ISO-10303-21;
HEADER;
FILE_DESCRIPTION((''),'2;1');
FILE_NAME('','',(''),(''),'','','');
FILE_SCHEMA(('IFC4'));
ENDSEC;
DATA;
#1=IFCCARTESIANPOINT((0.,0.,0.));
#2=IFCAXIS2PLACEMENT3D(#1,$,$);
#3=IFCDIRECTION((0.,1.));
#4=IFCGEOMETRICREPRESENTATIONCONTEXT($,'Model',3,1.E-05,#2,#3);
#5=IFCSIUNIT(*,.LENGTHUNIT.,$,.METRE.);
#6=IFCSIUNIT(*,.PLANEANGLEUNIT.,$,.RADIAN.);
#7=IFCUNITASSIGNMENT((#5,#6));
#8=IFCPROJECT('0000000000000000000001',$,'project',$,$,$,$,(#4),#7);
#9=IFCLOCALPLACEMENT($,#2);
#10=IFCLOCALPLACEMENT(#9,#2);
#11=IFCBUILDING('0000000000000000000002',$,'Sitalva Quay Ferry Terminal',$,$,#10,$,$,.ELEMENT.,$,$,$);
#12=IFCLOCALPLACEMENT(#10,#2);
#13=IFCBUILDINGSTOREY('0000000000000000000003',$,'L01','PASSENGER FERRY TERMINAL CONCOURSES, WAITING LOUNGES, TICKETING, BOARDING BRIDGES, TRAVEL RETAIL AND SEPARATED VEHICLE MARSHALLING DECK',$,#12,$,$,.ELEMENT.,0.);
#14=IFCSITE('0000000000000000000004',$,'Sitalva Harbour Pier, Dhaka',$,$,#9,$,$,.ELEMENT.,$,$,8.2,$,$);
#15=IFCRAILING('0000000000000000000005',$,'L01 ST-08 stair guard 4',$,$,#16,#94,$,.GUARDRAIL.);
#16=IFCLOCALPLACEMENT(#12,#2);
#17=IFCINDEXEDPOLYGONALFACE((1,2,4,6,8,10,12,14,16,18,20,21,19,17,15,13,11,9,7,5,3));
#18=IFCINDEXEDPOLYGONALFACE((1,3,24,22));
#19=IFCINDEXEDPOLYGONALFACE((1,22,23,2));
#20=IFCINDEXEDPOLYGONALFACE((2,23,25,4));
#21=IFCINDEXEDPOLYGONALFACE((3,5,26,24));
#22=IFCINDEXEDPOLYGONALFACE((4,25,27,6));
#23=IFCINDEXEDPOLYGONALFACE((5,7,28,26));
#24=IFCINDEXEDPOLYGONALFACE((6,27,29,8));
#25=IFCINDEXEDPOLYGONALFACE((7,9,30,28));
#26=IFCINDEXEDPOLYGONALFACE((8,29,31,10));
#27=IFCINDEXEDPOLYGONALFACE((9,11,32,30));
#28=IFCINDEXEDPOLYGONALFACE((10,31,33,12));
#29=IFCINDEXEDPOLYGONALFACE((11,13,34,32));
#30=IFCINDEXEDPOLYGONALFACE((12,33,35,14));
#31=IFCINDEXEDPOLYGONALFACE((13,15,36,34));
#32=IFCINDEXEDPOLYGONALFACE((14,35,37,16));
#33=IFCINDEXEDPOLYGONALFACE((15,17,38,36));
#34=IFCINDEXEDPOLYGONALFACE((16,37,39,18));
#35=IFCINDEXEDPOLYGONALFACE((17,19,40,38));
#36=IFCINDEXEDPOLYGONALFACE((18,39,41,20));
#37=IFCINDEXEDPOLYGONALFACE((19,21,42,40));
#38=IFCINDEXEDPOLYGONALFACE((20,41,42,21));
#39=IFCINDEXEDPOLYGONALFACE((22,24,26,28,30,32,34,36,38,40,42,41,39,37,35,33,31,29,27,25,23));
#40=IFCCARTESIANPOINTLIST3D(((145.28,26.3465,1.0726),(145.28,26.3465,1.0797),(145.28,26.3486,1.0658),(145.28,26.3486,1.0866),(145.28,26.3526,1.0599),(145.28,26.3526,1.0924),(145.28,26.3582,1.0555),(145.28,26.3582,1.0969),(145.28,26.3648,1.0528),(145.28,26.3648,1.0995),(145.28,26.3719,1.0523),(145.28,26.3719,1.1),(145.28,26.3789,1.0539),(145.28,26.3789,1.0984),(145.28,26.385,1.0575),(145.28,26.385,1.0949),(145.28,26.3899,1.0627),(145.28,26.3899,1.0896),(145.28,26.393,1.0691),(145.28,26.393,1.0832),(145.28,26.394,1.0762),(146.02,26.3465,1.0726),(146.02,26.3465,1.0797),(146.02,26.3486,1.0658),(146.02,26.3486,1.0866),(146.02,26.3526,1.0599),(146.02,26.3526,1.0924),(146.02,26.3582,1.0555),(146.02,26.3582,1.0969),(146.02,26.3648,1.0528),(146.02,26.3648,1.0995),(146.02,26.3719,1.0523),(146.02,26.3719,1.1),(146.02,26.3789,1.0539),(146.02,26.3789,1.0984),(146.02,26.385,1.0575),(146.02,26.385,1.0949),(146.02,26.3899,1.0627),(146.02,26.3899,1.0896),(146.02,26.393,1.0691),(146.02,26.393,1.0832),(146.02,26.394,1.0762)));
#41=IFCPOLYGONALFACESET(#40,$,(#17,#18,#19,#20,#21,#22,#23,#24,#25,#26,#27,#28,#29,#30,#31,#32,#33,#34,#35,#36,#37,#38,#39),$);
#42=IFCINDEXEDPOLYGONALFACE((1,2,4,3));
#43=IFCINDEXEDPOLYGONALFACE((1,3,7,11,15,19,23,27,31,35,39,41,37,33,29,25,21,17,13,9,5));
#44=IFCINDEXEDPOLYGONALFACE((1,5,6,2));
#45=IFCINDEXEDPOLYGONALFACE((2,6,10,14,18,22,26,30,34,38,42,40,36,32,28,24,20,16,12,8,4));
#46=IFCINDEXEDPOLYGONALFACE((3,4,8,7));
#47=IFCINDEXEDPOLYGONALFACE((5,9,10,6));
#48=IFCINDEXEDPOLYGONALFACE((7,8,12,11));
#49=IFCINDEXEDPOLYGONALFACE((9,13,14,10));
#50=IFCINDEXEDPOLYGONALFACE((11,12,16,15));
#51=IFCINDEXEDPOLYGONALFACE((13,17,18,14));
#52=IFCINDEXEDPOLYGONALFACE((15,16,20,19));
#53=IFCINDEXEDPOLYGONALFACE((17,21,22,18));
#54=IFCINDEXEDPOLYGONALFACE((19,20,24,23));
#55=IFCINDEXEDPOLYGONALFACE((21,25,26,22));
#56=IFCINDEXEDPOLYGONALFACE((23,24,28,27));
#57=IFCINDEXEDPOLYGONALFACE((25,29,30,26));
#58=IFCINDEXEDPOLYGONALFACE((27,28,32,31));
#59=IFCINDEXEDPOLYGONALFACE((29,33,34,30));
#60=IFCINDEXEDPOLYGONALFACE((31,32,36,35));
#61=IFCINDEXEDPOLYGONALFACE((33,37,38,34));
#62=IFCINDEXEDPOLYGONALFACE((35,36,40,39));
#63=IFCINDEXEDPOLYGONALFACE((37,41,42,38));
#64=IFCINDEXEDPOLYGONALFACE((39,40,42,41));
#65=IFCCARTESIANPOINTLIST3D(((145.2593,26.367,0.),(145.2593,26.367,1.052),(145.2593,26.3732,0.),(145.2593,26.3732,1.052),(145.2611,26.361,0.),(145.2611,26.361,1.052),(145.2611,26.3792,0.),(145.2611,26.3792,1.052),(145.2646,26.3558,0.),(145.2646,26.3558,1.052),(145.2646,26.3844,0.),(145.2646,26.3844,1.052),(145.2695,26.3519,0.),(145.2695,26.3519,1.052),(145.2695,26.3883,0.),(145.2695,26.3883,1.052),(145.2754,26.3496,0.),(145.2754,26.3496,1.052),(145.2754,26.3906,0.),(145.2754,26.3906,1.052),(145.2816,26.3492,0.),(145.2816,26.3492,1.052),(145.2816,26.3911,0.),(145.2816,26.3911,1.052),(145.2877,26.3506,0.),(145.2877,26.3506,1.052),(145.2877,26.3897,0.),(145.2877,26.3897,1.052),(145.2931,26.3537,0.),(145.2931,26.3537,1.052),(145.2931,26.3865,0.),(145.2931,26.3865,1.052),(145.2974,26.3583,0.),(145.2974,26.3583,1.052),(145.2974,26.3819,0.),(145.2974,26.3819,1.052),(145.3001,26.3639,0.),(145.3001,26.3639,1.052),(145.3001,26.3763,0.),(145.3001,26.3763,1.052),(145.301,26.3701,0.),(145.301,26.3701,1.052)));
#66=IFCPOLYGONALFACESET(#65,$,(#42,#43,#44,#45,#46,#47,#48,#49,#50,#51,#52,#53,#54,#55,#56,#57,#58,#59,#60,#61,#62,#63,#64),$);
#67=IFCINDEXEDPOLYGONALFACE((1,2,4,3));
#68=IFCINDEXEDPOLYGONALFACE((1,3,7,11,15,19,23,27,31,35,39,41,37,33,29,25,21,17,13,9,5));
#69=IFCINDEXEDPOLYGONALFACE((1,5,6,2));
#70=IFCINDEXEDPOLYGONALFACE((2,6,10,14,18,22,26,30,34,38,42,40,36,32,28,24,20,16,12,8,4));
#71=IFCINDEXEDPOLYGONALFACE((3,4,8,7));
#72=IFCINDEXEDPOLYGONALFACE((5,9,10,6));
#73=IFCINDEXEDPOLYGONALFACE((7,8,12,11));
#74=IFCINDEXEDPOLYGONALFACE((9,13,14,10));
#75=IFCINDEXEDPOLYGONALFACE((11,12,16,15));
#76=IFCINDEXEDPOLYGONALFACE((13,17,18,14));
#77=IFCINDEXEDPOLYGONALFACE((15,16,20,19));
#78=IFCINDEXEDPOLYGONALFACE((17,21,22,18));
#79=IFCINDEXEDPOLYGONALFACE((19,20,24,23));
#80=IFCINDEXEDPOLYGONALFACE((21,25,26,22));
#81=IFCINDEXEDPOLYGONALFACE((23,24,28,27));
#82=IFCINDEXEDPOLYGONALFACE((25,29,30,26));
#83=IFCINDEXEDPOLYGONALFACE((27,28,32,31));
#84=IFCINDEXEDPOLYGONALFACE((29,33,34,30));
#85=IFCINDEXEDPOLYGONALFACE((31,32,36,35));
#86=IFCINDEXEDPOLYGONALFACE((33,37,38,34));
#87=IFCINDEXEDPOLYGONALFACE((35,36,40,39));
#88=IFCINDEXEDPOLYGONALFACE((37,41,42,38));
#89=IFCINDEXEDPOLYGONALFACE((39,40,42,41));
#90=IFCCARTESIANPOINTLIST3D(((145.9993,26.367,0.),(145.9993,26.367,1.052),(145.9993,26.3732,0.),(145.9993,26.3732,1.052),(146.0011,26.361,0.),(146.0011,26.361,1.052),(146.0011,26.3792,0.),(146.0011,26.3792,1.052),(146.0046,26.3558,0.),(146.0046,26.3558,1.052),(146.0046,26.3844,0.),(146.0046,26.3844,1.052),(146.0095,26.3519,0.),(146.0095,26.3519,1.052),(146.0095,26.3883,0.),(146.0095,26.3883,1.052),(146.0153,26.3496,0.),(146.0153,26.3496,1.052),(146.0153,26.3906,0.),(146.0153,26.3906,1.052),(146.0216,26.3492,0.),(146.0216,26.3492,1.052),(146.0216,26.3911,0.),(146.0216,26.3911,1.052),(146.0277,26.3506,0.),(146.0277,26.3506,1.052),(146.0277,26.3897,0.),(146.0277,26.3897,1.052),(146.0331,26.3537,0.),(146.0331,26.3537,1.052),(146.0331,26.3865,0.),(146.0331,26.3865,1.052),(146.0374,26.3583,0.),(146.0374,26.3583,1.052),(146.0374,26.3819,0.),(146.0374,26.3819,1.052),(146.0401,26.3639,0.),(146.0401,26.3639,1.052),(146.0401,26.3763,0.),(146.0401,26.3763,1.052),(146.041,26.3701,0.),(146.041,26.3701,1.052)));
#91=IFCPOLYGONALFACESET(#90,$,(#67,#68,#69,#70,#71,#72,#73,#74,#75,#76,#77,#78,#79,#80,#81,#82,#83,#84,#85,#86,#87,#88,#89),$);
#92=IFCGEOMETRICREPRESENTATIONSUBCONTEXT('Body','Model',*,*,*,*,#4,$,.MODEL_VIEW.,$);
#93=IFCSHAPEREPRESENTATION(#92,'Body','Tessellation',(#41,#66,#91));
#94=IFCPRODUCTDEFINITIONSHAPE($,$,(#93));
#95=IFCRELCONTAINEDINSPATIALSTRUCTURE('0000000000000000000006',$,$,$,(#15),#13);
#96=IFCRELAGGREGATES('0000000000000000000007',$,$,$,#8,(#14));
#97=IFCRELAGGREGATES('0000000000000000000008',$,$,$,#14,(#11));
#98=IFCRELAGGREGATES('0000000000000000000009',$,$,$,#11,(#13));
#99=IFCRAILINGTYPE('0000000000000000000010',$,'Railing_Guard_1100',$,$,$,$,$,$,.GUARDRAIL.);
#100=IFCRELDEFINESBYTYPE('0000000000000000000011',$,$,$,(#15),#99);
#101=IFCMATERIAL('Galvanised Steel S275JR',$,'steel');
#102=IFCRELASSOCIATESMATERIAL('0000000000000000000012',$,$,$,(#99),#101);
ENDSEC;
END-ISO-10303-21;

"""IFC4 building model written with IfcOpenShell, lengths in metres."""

from ifc_helpers import new_model, si_unit, direction, frame, origin, origin_2d, place, context, subcontext, project, spatial, circle, extrude, material, type_object, element, save


model = new_model("IFC4")

# Units and contexts
model_context = context("Model", 3, precision=1e-05, world=origin(), true_north=direction((0.0, 1.0)))
body_context = subcontext(model_context, "Body", "Model", "MODEL_VIEW")
ifc_project = project(units=[si_unit("LENGTHUNIT", "METRE"), si_unit("PLANEANGLEUNIT", "RADIAN")], contexts=[model_context])

# Site, building, storey
site_placement = place(None, origin())
site = spatial("IfcSite", under=ifc_project, at=site_placement, Name="Sitalva Harbour Pier, Dhaka", CompositionType="ELEMENT", RefElevation=8.2)
building_placement = place(site_placement, origin())
building = spatial("IfcBuilding", under=site, at=building_placement, Name="Sitalva Quay Ferry Terminal", CompositionType="ELEMENT")
storey_placement = place(building_placement, origin())
storey = spatial("IfcBuildingStorey", under=building, at=storey_placement, Name="L01", Description="PASSENGER FERRY TERMINAL CONCOURSES, WAITING LOUNGES, TICKETING, BOARDING BRIDGES, TRAVEL RETAIL AND SEPARATED VEHICLE MARSHALLING DECK", CompositionType="ELEMENT", Elevation=0.0)

# Railing
ifc_material_1 = material(Name="Galvanised Steel S275JR", Category="steel")
railing_type_1 = type_object("IfcRailingType", Name="Railing_Guard_1100", PredefinedType="GUARDRAIL", material=ifc_material_1)
railing_1_placement = place(storey_placement, frame((145.28, 26.3701, 0.0)))
element("IfcRailing", 1, at=railing_1_placement, inside=storey, type_object=railing_type_1, Name="L01 ST-08 stair guard 4", PredefinedType="GUARDRAIL", context=body_context, shape_type="SweptSolid", body=[
    extrude(circle(Radius=0.0239, at=origin_2d()), frame((0.0, 0.0, 1.0762), z_axis=(1.0, 0.0, 0.0), x_axis=(0.0, 1.0, 0.0)), (0.0, 0.0, 1.0), 0.74),
    extrude(circle(Radius=0.021, at=origin_2d()), origin(), (0.0, 0.0, 1.0), 1.052),
    extrude(circle(Radius=0.021, at=origin_2d()), frame((0.74, 0.0, 0.0)), (0.0, 0.0, 1.0), 1.052),
])

save(model, "model.ifc")
